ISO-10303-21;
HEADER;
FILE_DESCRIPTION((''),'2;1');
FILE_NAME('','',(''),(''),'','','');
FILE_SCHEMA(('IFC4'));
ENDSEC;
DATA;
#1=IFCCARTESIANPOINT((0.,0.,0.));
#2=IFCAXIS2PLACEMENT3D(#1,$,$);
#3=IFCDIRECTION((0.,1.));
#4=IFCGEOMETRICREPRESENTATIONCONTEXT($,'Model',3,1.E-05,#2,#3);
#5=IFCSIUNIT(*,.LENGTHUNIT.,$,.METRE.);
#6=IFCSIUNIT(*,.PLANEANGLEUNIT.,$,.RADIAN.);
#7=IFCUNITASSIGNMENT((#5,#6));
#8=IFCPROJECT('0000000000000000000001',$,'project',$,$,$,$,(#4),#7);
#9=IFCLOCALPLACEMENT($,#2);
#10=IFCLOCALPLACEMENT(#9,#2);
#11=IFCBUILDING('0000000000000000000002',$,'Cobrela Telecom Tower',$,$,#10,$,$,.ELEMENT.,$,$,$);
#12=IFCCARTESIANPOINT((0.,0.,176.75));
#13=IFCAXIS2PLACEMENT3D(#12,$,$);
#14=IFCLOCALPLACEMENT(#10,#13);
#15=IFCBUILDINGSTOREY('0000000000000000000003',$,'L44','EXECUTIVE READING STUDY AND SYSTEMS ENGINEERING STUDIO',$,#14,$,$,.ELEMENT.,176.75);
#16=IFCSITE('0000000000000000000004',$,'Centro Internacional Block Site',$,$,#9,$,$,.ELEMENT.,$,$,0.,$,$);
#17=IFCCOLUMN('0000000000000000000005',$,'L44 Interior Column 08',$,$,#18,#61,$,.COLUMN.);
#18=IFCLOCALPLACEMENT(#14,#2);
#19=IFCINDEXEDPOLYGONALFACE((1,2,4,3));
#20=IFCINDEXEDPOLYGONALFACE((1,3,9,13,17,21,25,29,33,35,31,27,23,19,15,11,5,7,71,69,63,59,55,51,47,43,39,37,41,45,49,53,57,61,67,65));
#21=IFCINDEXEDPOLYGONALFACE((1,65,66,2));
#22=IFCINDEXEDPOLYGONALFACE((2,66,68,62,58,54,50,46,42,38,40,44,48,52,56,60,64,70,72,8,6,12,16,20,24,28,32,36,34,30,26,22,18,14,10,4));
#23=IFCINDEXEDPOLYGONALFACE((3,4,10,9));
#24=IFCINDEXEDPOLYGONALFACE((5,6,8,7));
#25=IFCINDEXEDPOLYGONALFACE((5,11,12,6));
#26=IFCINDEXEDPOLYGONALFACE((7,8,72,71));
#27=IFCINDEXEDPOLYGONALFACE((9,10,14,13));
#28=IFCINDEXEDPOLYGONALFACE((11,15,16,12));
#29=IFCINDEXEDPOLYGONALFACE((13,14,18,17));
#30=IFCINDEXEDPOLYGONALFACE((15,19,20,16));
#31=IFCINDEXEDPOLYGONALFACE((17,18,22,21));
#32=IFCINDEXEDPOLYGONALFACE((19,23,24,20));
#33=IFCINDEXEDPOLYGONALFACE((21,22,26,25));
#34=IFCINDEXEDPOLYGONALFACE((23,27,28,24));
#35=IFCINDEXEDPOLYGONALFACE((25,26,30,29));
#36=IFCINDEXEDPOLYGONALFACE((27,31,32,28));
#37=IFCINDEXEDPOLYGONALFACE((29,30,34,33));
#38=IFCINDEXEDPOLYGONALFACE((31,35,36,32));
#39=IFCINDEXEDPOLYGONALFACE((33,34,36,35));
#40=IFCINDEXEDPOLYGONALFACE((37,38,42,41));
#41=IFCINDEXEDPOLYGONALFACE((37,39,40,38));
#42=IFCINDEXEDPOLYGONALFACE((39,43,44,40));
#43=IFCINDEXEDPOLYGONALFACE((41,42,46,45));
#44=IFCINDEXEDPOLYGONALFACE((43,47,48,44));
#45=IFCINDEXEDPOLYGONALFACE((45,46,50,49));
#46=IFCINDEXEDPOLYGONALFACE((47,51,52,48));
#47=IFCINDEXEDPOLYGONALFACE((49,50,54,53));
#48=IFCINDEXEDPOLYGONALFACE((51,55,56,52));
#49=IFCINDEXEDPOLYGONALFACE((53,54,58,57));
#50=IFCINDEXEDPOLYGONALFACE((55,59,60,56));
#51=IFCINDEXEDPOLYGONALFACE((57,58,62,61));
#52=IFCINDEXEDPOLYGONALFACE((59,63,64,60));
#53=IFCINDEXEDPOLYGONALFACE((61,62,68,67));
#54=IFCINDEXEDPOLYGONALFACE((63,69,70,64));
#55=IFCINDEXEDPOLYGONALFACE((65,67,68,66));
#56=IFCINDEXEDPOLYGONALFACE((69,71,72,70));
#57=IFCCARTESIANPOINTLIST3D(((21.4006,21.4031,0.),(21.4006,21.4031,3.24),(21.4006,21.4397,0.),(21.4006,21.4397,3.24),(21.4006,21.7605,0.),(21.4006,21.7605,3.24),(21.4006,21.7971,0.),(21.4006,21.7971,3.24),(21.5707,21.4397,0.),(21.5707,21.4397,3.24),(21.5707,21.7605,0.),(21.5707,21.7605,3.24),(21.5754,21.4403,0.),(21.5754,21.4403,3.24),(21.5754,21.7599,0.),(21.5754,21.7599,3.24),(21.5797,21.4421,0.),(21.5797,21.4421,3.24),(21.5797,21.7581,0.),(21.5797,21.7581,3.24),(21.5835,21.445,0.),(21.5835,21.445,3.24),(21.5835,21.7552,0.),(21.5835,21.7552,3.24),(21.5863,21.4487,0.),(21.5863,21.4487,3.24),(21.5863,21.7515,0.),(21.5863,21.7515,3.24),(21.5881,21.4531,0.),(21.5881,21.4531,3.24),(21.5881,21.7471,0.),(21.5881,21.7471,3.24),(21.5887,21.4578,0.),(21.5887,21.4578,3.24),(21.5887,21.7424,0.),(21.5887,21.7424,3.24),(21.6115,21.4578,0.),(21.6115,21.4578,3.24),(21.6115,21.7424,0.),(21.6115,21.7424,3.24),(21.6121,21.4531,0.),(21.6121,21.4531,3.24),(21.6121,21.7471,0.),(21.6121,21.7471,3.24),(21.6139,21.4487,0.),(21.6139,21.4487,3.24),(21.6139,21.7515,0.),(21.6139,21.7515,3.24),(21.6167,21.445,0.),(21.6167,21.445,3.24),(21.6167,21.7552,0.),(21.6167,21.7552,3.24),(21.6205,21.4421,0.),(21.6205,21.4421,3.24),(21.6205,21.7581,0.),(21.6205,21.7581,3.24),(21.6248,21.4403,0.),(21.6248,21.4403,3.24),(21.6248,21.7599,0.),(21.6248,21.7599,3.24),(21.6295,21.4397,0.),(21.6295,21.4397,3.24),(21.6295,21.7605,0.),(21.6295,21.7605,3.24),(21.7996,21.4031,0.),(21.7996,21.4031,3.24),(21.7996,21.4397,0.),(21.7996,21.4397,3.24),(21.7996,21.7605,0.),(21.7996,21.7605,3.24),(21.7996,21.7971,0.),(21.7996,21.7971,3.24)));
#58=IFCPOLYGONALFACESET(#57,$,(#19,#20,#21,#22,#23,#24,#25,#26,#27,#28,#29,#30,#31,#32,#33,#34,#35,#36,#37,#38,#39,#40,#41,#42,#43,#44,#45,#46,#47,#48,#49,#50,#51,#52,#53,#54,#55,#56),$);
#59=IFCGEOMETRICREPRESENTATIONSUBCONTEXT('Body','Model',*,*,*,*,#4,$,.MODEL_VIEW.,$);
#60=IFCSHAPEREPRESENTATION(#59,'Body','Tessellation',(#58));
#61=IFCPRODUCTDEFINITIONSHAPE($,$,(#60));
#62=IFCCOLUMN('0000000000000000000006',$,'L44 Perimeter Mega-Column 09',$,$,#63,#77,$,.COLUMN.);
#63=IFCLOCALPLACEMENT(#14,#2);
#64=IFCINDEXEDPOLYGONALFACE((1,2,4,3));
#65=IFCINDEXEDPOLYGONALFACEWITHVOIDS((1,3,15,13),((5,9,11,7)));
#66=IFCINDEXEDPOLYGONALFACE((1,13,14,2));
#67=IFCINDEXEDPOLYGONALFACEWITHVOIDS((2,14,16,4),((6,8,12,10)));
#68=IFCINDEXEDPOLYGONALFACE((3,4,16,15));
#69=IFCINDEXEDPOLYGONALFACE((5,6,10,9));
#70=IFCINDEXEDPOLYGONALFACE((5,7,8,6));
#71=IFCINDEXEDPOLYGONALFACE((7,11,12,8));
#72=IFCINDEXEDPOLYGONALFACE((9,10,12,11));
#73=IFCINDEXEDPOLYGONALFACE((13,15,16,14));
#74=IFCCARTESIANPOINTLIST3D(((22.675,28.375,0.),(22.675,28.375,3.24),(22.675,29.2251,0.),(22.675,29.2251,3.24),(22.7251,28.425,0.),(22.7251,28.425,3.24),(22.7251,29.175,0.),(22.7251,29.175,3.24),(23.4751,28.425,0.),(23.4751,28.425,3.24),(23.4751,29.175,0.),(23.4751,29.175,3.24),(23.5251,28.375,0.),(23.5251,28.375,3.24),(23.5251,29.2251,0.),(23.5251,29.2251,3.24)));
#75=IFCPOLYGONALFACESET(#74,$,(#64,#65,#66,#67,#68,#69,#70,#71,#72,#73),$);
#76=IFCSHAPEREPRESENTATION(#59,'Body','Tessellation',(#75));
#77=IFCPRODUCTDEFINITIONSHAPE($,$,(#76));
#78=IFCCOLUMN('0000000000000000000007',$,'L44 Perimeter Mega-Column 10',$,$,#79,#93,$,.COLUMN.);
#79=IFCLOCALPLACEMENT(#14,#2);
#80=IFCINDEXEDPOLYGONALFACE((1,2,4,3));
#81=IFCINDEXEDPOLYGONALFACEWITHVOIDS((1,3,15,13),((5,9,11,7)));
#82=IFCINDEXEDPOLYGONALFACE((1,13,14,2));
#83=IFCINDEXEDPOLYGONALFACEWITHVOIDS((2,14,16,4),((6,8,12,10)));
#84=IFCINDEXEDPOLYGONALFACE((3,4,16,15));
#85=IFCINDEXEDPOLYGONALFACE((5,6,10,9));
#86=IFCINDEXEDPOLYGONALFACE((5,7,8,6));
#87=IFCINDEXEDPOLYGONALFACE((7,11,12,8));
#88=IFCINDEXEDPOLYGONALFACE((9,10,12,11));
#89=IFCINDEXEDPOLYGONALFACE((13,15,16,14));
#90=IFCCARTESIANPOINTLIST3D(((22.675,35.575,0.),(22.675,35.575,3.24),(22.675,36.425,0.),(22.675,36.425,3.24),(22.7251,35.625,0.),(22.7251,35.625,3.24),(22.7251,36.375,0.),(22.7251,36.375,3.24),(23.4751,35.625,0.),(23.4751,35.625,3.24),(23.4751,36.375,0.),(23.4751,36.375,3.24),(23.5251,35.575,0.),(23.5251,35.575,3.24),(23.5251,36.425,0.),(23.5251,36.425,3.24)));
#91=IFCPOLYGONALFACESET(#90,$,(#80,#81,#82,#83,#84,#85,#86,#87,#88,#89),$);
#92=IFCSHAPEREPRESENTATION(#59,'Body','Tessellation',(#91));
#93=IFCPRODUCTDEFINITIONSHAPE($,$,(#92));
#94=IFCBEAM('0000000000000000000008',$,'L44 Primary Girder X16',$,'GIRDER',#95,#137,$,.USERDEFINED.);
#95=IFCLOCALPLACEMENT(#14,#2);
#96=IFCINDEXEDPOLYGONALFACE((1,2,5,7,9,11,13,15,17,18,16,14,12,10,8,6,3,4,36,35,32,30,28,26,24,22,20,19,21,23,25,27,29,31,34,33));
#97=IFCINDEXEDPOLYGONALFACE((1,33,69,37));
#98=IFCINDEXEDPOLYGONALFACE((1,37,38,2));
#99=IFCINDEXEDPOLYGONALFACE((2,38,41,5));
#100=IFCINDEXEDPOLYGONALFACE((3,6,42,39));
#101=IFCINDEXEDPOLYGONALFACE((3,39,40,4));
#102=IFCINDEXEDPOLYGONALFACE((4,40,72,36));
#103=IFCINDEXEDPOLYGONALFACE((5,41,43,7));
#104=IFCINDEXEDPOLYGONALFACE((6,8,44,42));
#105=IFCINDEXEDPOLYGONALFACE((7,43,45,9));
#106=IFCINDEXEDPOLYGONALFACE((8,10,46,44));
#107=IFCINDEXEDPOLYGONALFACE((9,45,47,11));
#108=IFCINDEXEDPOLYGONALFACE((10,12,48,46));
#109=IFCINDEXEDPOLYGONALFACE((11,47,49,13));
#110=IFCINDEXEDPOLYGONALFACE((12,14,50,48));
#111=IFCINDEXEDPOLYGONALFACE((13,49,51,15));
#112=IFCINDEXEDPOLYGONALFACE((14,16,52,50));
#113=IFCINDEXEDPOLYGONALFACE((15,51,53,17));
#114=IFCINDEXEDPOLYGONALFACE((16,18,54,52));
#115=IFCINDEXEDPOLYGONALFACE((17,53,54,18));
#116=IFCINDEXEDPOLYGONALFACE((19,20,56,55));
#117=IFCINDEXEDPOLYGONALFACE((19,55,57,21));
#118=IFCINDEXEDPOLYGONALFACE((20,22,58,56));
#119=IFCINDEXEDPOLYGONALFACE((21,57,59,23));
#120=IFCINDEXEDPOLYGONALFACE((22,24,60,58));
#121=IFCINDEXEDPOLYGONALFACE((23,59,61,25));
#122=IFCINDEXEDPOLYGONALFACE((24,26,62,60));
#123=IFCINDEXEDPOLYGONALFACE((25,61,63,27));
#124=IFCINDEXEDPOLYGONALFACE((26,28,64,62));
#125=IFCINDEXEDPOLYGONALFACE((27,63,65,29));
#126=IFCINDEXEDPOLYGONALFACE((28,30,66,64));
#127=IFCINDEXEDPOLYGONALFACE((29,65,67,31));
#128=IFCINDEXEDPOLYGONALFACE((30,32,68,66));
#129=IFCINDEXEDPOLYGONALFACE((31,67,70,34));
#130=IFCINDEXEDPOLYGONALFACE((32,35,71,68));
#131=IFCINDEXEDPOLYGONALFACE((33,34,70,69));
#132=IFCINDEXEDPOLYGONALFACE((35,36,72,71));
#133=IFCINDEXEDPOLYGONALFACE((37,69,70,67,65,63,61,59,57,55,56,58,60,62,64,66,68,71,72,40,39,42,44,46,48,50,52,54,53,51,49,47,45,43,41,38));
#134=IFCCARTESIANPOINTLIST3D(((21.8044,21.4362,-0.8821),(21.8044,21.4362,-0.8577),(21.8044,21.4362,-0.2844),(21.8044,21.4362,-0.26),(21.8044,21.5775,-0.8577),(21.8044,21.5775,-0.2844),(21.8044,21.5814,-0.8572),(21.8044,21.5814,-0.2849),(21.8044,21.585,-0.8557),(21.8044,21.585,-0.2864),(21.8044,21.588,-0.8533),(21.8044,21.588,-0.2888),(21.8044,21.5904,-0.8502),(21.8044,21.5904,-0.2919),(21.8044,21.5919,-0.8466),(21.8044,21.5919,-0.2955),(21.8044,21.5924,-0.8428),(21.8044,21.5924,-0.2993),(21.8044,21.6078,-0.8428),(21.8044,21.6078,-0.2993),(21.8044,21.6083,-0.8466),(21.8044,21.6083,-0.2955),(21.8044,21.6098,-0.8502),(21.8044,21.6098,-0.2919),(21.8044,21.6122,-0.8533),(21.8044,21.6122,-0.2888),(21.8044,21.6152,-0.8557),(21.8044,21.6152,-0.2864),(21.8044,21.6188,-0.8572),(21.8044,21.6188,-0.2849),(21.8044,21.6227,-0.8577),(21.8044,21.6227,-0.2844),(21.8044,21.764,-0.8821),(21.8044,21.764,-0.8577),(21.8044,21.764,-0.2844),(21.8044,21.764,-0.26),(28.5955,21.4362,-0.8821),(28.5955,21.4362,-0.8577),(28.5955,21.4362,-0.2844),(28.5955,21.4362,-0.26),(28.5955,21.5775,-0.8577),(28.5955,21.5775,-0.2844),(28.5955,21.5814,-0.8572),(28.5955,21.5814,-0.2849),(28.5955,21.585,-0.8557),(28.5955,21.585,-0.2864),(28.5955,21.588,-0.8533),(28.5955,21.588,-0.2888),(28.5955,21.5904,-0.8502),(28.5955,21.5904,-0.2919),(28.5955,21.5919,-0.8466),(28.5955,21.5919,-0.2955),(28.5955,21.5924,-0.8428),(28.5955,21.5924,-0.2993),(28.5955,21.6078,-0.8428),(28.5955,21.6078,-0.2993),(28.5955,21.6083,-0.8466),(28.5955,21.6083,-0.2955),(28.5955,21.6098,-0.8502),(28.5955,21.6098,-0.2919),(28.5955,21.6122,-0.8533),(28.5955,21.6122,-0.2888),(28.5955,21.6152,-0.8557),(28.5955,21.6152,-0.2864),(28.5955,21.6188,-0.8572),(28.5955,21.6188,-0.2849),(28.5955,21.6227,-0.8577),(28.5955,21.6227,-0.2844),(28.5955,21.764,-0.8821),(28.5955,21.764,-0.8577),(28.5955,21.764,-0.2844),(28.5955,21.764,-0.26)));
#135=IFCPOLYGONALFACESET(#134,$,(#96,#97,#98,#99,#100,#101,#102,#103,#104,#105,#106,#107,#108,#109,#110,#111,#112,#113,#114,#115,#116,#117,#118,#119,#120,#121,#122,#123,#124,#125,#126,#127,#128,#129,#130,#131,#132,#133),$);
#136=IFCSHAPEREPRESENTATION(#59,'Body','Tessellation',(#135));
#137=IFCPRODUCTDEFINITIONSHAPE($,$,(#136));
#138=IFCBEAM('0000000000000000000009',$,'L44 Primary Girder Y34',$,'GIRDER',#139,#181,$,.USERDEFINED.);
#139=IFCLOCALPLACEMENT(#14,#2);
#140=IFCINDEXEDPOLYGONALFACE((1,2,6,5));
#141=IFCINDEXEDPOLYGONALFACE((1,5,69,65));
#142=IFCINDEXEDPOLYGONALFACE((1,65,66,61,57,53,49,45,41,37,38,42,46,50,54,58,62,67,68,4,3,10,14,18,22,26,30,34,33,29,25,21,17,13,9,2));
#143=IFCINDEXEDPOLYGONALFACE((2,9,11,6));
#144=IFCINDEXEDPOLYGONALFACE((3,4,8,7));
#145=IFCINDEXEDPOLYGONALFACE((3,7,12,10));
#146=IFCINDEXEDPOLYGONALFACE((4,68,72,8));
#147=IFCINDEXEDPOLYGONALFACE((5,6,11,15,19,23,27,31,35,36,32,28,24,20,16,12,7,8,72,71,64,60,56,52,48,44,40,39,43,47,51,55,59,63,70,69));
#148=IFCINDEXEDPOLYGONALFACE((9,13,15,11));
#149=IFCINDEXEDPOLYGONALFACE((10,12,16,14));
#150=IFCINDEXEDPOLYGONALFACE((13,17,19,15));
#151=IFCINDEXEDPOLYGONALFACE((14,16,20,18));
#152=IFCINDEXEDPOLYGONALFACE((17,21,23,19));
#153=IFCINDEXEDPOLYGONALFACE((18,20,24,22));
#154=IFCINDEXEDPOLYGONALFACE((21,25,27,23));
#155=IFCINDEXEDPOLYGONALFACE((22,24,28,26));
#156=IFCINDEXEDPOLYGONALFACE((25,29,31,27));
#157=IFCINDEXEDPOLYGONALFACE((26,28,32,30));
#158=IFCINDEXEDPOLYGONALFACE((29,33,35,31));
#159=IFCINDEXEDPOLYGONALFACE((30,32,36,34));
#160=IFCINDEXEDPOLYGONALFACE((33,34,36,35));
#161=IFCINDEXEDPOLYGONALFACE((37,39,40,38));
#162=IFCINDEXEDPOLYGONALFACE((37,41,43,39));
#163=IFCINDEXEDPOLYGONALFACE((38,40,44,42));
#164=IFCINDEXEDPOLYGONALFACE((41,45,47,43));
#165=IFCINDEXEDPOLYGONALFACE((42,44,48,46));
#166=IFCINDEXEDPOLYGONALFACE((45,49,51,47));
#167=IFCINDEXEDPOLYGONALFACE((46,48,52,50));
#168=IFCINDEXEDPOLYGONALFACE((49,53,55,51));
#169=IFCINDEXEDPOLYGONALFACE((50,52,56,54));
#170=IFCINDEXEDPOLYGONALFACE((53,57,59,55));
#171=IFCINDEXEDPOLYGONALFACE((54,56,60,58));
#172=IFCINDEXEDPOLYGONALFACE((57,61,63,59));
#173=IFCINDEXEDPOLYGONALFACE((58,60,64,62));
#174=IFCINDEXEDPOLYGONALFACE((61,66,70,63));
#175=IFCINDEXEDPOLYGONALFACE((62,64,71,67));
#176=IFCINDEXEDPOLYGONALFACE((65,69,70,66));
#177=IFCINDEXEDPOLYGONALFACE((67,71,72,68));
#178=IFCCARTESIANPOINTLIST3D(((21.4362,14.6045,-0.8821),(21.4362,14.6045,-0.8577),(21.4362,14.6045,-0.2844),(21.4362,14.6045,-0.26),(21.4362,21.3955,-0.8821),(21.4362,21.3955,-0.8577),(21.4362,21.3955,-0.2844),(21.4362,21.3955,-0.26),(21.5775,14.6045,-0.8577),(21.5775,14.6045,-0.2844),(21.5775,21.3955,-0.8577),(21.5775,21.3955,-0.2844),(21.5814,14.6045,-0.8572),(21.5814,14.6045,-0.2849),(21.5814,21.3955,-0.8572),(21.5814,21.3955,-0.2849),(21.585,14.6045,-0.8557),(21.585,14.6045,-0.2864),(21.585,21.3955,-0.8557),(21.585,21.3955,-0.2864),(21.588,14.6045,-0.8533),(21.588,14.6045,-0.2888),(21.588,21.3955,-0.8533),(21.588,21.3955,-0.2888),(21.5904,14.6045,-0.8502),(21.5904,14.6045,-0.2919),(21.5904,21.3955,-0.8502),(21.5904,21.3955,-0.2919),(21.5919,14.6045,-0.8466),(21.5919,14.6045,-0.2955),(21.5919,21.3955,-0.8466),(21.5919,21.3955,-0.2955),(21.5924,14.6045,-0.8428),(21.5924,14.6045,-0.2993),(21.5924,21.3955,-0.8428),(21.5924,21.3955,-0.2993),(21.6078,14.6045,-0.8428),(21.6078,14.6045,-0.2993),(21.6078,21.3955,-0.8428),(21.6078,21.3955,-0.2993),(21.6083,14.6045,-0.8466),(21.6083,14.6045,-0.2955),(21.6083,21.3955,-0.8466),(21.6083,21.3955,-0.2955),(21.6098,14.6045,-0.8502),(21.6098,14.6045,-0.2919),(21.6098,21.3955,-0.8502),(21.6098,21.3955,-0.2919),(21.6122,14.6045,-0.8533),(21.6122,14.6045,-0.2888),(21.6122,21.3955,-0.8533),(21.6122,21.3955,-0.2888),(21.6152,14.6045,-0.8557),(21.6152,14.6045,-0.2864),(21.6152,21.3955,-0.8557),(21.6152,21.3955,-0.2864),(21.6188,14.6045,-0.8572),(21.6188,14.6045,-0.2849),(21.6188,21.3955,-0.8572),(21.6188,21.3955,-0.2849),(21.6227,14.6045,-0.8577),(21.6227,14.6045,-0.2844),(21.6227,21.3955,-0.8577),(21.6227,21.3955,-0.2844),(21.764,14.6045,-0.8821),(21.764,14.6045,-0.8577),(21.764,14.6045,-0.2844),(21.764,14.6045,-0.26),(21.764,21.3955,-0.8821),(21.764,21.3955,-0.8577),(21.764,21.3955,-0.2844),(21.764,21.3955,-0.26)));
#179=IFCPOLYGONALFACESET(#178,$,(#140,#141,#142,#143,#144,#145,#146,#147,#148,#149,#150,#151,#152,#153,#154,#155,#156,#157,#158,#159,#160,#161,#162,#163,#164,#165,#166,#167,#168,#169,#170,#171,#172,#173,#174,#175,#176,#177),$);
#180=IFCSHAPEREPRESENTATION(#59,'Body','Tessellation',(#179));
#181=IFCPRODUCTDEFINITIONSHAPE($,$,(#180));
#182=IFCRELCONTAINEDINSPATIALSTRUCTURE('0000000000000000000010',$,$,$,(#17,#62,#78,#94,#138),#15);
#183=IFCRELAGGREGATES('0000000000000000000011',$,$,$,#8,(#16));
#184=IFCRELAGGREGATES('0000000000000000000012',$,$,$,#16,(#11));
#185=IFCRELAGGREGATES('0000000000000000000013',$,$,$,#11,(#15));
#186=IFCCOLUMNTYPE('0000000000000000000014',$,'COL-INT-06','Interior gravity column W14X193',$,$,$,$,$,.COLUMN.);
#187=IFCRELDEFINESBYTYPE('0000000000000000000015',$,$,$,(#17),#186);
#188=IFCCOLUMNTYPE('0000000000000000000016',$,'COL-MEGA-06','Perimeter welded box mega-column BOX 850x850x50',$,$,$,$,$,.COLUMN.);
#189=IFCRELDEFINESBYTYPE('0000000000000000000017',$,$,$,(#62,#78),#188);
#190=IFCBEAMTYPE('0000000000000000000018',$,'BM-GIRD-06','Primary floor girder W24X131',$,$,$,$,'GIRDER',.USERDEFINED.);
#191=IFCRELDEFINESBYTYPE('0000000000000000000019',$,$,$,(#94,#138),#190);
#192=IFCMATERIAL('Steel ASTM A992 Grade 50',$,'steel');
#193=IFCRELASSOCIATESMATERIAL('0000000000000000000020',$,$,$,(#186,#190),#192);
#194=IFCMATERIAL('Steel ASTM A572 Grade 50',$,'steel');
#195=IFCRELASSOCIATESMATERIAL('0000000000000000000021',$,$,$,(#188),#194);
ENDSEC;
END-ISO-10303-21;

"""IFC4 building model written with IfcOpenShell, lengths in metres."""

from ifc_helpers import new_model, si_unit, direction, frame, origin, origin_2d, place, context, subcontext, project, spatial, hollow_rectangle, i_section, extrude, material, material_profile, profile_set, type_object, element, save


model = new_model("IFC4")

# Units and contexts
model_context = context("Model", 3, precision=1e-05, world=origin(), true_north=direction((0.0, 1.0)))
body_context = subcontext(model_context, "Body", "Model", "MODEL_VIEW")
ifc_project = project(units=[si_unit("LENGTHUNIT", "METRE"), si_unit("PLANEANGLEUNIT", "RADIAN")], contexts=[model_context])

# Site, building, storey
site_placement = place(None, origin())
site = spatial("IfcSite", under=ifc_project, at=site_placement, Name="Centro Internacional Block Site", CompositionType="ELEMENT", RefElevation=0.0)
building_placement = place(site_placement, origin())
building = spatial("IfcBuilding", under=site, at=building_placement, Name="Cobrela Telecom Tower", CompositionType="ELEMENT")
storey_placement = place(building_placement, frame((0.0, 0.0, 176.75)))
storey = spatial("IfcBuildingStorey", under=building, at=storey_placement, Name="L44", Description="EXECUTIVE READING STUDY AND SYSTEMS ENGINEERING STUDIO", CompositionType="ELEMENT", Elevation=176.75)

# Columns
ifc_material_1 = material(Name="Steel ASTM A992 Grade 50", Category="steel")
ifc_material_profile_1 = material_profile(ifc_material_1, i_section(OverallWidth=0.3989, OverallDepth=0.394, WebThickness=0.0227, FlangeThickness=0.0366, FilletRadius=0.0181, at=origin_2d()), Name="W14X193")
ifc_profile_set_1 = profile_set([ifc_material_profile_1], Name="Steel ASTM A992 Grade 50")
column_type_1 = type_object("IfcColumnType", Name="COL-INT-06", Description="Interior gravity column W14X193", PredefinedType="COLUMN", material=ifc_profile_set_1)
column_placement = place(storey_placement, frame((21.6001, 21.6001, 0.0), z_axis=(0.0, 0.0, 1.0), x_axis=(1.0, 0.0, 0.0)))
element("IfcColumn", 1, at=column_placement, inside=storey, type_object=column_type_1, Name="L44 Interior Column 08", PredefinedType="COLUMN", context=body_context, shape_type="SweptSolid", body=[
    extrude(i_section(OverallWidth=0.3989, OverallDepth=0.394, WebThickness=0.0227, FlangeThickness=0.0366, FilletRadius=0.0181, at=origin_2d()), origin(), (0.0, 0.0, 1.0), 3.24),
])
ifc_material_2 = material(Name="Steel ASTM A572 Grade 50", Category="steel")
ifc_material_profile_2 = material_profile(ifc_material_2, hollow_rectangle(XDim=0.8501, YDim=0.8501, WallThickness=0.05, at=origin_2d()), Name="BOX 850x850x50")
ifc_profile_set_2 = profile_set([ifc_material_profile_2], Name="Steel ASTM A572 Grade 50")
column_type_2 = type_object("IfcColumnType", Name="COL-MEGA-06", Description="Perimeter welded box mega-column BOX 850x850x50", PredefinedType="COLUMN", material=ifc_profile_set_2)
for number, where, z_axis, x_axis, name in (
    (2, (23.1001, 28.8, 0.0), (0.0, 0.0, 1.0), (1.0, 0.0, 0.0), "L44 Perimeter Mega-Column 09"),
    (3, (23.1001, 36.0, 0.0), (0.0, 0.0, 1.0), (1.0, 0.0, 0.0), "L44 Perimeter Mega-Column 10"),
):
    element("IfcColumn", number, at=place(storey_placement, frame(where, z_axis=z_axis, x_axis=x_axis)), inside=storey, type_object=column_type_2, Name=name, PredefinedType="COLUMN", context=body_context, shape_type="SweptSolid", body=[
        extrude(hollow_rectangle(XDim=0.8501, YDim=0.8501, WallThickness=0.05, at=origin_2d()), origin(), (0.0, 0.0, 1.0), 3.24),
    ])

# Beams
ifc_material_profile_3 = material_profile(ifc_material_1, i_section(OverallWidth=0.3279, OverallDepth=0.6221, WebThickness=0.0154, FlangeThickness=0.0244, FilletRadius=0.0149, at=origin_2d()), Name="W24X131")
ifc_profile_set_3 = profile_set([ifc_material_profile_3], Name="Steel ASTM A992 Grade 50")
beam_type_1 = type_object("IfcBeamType", Name="BM-GIRD-06", Description="Primary floor girder W24X131", ElementType="GIRDER", PredefinedType="USERDEFINED", material=ifc_profile_set_3)
for number, where, z_axis, x_axis, name in (
    (4, (21.8044, 21.6001, -0.571), (1.0, 0.0, 0.0), (0.0, 1.0, 0.0), "L44 Primary Girder X16"),
    (5, (21.6001, 14.6045, -0.571), (0.0, 1.0, 0.0), (-1.0, 0.0, 0.0), "L44 Primary Girder Y34"),
):
    element("IfcBeam", number, at=place(storey_placement, frame(where, z_axis=z_axis, x_axis=x_axis)), inside=storey, type_object=beam_type_1, Name=name, ObjectType="GIRDER", PredefinedType="USERDEFINED", context=body_context, shape_type="SweptSolid", body=[
        extrude(i_section(OverallWidth=0.3279, OverallDepth=0.6221, WebThickness=0.0154, FlangeThickness=0.0244, FilletRadius=0.0149, at=origin_2d()), origin(), (0.0, 0.0, 1.0), 6.791),
    ])

save(model, "model.ifc")
